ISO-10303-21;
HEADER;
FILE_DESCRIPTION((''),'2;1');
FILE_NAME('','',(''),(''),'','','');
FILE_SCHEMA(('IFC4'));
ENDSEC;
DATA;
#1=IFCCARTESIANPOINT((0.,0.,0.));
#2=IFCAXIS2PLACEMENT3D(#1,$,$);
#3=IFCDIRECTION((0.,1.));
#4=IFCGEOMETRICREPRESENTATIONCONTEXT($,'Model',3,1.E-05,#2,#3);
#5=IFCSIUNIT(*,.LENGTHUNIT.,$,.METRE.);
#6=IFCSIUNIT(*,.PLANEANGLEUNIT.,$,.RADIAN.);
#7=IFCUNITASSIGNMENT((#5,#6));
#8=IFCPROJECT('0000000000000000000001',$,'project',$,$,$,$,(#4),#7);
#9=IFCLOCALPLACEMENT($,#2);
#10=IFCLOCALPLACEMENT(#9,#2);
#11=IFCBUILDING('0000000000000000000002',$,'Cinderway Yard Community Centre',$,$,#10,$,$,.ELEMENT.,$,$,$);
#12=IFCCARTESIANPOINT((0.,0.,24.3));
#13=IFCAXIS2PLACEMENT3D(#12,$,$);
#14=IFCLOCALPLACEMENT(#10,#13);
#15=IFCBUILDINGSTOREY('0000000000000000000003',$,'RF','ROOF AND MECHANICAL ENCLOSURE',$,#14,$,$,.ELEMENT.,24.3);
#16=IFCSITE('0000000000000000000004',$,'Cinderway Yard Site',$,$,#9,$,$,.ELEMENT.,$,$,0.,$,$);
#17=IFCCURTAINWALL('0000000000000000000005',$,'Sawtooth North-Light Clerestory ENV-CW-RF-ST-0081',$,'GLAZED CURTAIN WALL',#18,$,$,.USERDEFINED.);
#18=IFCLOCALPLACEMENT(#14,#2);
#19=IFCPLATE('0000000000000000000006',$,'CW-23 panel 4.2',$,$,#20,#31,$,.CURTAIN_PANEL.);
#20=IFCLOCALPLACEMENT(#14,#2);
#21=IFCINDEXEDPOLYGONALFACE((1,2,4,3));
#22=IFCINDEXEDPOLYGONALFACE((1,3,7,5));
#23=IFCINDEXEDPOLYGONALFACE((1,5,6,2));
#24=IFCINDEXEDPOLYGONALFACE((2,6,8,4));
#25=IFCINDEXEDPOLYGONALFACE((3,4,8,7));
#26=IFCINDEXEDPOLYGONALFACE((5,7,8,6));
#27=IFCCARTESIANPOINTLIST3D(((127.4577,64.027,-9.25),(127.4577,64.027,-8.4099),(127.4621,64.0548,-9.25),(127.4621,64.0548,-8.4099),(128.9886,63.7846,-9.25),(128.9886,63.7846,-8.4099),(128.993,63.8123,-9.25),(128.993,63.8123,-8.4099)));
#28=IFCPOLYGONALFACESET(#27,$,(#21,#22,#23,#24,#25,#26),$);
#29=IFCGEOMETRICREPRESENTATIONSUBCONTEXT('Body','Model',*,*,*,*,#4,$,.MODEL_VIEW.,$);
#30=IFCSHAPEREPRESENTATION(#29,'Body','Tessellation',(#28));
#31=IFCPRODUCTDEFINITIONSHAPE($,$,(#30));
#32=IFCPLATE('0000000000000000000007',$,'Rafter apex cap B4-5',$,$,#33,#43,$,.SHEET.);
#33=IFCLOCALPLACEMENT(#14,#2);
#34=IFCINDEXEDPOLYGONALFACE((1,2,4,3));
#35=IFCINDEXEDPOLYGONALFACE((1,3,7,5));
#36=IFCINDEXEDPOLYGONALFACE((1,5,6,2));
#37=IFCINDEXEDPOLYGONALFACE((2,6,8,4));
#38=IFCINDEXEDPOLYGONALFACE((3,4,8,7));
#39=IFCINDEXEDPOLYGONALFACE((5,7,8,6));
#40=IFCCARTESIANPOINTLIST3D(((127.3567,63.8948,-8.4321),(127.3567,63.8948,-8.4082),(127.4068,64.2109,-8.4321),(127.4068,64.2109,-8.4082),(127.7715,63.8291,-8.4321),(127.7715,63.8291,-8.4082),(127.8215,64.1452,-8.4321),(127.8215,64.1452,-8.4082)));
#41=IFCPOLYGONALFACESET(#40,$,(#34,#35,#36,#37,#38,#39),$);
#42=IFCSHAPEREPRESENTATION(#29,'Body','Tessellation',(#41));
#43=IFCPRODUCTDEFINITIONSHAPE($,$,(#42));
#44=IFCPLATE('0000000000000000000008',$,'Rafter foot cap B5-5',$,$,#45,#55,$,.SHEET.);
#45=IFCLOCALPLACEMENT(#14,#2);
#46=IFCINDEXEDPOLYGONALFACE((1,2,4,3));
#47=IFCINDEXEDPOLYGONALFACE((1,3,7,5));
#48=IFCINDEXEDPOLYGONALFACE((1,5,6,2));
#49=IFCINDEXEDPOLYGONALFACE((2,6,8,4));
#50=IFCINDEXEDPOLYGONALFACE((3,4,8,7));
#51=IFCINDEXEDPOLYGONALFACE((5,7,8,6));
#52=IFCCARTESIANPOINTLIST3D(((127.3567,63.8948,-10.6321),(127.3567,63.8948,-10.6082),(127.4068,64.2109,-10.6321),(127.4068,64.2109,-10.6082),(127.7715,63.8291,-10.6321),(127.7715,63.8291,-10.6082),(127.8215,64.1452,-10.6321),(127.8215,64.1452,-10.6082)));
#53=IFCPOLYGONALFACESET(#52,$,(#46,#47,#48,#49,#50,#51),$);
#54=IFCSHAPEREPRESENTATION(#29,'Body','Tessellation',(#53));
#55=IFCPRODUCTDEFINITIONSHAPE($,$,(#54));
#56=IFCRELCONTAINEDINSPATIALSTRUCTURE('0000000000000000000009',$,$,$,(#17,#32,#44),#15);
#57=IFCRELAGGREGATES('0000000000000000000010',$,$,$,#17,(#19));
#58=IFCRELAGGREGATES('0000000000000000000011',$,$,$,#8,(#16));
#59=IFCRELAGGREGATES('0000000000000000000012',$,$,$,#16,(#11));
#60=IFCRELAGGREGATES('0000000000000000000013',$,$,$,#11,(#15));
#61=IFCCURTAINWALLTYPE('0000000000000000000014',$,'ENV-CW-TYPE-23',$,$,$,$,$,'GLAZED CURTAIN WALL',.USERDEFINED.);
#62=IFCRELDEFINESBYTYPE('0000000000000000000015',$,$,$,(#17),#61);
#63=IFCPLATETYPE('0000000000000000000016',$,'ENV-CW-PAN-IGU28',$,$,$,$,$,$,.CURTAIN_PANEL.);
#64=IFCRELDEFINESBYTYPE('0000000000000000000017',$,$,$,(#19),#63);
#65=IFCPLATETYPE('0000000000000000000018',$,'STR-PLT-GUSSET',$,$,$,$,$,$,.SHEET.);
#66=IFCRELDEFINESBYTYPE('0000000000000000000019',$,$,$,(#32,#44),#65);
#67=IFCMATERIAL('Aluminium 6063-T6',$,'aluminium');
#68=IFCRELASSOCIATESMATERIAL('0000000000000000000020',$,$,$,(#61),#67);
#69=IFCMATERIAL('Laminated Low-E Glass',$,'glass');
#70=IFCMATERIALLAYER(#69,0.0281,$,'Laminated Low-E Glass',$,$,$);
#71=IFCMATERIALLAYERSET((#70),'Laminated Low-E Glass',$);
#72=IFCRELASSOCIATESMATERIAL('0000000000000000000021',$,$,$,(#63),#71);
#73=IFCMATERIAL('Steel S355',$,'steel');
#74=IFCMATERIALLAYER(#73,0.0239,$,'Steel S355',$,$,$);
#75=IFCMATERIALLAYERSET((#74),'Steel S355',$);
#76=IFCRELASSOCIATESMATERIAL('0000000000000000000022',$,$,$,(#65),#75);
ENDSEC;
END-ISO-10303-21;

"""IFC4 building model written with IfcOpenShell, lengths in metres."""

from ifc_helpers import new_model, si_unit, direction, frame, origin, origin_2d, place, context, subcontext, project, spatial, rectangle, extrude, material, layer, layer_set, type_object, element, aggregate, save


model = new_model("IFC4")

# Units and contexts
model_context = context("Model", 3, precision=1e-05, world=origin(), true_north=direction((0.0, 1.0)))
body_context = subcontext(model_context, "Body", "Model", "MODEL_VIEW")
ifc_project = project(units=[si_unit("LENGTHUNIT", "METRE"), si_unit("PLANEANGLEUNIT", "RADIAN")], contexts=[model_context])

# Site, building, storey
site_placement = place(None, origin())
site = spatial("IfcSite", under=ifc_project, at=site_placement, Name="Cinderway Yard Site", CompositionType="ELEMENT", RefElevation=0.0)
building_placement = place(site_placement, origin())
building = spatial("IfcBuilding", under=site, at=building_placement, Name="Cinderway Yard Community Centre", CompositionType="ELEMENT")
storey_placement = place(building_placement, frame((0.0, 0.0, 24.3)))
storey = spatial("IfcBuildingStorey", under=building, at=storey_placement, Name="RF", Description="ROOF AND MECHANICAL ENCLOSURE", CompositionType="ELEMENT", Elevation=24.3)

# Shared definitions
ifc_material_1 = material(Name="Aluminium 6063-T6", Category="aluminium")
curtain_wall_type = type_object("IfcCurtainWallType", Name="ENV-CW-TYPE-23", ElementType="GLAZED CURTAIN WALL", PredefinedType="USERDEFINED", material=ifc_material_1)

# Curtain wall
curtain_wall_1_placement = place(storey_placement, origin())
curtain_wall_1 = element("IfcCurtainWall", 1, at=curtain_wall_1_placement, inside=storey, type_object=curtain_wall_type, Name="Sawtooth North-Light Clerestory ENV-CW-RF-ST-0081", ObjectType="GLAZED CURTAIN WALL", PredefinedType="USERDEFINED")

# Shared definitions
ifc_material_2 = material(Name="Steel S355", Category="steel")

# Plate
ifc_material_3 = material(Name="Laminated Low-E Glass", Category="glass")
ifc_layer_1 = layer(ifc_material_3, 0.0281, Name="Laminated Low-E Glass")
ifc_layer_set_1 = layer_set([ifc_layer_1], Name="Laminated Low-E Glass")
plate_type_1 = type_object("IfcPlateType", Name="ENV-CW-PAN-IGU28", PredefinedType="CURTAIN_PANEL", material=ifc_layer_set_1)
plate_1_placement = place(storey_placement, frame((128.2253, 63.9197, -9.25), z_axis=(0.0, 0.0, 1.0), x_axis=(0.987692, -0.156409, 0.0)))
plate_1 = element("IfcPlate", 2, at=plate_1_placement, type_object=plate_type_1, Name="CW-23 panel 4.2", PredefinedType="CURTAIN_PANEL", context=body_context, shape_type="SweptSolid", body=[
    extrude(rectangle(XDim=1.55, YDim=0.0281, at=origin_2d()), origin(), (0.0, 0.0, 1.0), 0.8401),
])
aggregate(curtain_wall_1, [plate_1])

# Plates
ifc_layer_2 = layer(ifc_material_2, 0.0239, Name="Steel S355")
ifc_layer_set_2 = layer_set([ifc_layer_2], Name="Steel S355")
plate_type_2 = type_object("IfcPlateType", Name="STR-PLT-GUSSET", PredefinedType="SHEET", material=ifc_layer_set_2)
for number, where, z_axis, x_axis, name in (
    (3, (127.5891, 64.02, -8.4321), (0.0, 0.0, 1.0), (0.987688, -0.156434, 0.0), "Rafter apex cap B4-5"),
    (4, (127.5891, 64.02, -10.6321), (0.0, 0.0, 1.0), (0.987688, -0.156434, 0.0), "Rafter foot cap B5-5"),
):
    element("IfcPlate", number, at=place(storey_placement, frame(where, z_axis=z_axis, x_axis=x_axis)), inside=storey, type_object=plate_type_2, Name=name, PredefinedType="SHEET", context=body_context, shape_type="SweptSolid", body=[
        extrude(rectangle(XDim=0.4199, YDim=0.3201, at=origin_2d()), origin(), (0.0, 0.0, 1.0), 0.0239),
    ])

save(model, "model.ifc")
